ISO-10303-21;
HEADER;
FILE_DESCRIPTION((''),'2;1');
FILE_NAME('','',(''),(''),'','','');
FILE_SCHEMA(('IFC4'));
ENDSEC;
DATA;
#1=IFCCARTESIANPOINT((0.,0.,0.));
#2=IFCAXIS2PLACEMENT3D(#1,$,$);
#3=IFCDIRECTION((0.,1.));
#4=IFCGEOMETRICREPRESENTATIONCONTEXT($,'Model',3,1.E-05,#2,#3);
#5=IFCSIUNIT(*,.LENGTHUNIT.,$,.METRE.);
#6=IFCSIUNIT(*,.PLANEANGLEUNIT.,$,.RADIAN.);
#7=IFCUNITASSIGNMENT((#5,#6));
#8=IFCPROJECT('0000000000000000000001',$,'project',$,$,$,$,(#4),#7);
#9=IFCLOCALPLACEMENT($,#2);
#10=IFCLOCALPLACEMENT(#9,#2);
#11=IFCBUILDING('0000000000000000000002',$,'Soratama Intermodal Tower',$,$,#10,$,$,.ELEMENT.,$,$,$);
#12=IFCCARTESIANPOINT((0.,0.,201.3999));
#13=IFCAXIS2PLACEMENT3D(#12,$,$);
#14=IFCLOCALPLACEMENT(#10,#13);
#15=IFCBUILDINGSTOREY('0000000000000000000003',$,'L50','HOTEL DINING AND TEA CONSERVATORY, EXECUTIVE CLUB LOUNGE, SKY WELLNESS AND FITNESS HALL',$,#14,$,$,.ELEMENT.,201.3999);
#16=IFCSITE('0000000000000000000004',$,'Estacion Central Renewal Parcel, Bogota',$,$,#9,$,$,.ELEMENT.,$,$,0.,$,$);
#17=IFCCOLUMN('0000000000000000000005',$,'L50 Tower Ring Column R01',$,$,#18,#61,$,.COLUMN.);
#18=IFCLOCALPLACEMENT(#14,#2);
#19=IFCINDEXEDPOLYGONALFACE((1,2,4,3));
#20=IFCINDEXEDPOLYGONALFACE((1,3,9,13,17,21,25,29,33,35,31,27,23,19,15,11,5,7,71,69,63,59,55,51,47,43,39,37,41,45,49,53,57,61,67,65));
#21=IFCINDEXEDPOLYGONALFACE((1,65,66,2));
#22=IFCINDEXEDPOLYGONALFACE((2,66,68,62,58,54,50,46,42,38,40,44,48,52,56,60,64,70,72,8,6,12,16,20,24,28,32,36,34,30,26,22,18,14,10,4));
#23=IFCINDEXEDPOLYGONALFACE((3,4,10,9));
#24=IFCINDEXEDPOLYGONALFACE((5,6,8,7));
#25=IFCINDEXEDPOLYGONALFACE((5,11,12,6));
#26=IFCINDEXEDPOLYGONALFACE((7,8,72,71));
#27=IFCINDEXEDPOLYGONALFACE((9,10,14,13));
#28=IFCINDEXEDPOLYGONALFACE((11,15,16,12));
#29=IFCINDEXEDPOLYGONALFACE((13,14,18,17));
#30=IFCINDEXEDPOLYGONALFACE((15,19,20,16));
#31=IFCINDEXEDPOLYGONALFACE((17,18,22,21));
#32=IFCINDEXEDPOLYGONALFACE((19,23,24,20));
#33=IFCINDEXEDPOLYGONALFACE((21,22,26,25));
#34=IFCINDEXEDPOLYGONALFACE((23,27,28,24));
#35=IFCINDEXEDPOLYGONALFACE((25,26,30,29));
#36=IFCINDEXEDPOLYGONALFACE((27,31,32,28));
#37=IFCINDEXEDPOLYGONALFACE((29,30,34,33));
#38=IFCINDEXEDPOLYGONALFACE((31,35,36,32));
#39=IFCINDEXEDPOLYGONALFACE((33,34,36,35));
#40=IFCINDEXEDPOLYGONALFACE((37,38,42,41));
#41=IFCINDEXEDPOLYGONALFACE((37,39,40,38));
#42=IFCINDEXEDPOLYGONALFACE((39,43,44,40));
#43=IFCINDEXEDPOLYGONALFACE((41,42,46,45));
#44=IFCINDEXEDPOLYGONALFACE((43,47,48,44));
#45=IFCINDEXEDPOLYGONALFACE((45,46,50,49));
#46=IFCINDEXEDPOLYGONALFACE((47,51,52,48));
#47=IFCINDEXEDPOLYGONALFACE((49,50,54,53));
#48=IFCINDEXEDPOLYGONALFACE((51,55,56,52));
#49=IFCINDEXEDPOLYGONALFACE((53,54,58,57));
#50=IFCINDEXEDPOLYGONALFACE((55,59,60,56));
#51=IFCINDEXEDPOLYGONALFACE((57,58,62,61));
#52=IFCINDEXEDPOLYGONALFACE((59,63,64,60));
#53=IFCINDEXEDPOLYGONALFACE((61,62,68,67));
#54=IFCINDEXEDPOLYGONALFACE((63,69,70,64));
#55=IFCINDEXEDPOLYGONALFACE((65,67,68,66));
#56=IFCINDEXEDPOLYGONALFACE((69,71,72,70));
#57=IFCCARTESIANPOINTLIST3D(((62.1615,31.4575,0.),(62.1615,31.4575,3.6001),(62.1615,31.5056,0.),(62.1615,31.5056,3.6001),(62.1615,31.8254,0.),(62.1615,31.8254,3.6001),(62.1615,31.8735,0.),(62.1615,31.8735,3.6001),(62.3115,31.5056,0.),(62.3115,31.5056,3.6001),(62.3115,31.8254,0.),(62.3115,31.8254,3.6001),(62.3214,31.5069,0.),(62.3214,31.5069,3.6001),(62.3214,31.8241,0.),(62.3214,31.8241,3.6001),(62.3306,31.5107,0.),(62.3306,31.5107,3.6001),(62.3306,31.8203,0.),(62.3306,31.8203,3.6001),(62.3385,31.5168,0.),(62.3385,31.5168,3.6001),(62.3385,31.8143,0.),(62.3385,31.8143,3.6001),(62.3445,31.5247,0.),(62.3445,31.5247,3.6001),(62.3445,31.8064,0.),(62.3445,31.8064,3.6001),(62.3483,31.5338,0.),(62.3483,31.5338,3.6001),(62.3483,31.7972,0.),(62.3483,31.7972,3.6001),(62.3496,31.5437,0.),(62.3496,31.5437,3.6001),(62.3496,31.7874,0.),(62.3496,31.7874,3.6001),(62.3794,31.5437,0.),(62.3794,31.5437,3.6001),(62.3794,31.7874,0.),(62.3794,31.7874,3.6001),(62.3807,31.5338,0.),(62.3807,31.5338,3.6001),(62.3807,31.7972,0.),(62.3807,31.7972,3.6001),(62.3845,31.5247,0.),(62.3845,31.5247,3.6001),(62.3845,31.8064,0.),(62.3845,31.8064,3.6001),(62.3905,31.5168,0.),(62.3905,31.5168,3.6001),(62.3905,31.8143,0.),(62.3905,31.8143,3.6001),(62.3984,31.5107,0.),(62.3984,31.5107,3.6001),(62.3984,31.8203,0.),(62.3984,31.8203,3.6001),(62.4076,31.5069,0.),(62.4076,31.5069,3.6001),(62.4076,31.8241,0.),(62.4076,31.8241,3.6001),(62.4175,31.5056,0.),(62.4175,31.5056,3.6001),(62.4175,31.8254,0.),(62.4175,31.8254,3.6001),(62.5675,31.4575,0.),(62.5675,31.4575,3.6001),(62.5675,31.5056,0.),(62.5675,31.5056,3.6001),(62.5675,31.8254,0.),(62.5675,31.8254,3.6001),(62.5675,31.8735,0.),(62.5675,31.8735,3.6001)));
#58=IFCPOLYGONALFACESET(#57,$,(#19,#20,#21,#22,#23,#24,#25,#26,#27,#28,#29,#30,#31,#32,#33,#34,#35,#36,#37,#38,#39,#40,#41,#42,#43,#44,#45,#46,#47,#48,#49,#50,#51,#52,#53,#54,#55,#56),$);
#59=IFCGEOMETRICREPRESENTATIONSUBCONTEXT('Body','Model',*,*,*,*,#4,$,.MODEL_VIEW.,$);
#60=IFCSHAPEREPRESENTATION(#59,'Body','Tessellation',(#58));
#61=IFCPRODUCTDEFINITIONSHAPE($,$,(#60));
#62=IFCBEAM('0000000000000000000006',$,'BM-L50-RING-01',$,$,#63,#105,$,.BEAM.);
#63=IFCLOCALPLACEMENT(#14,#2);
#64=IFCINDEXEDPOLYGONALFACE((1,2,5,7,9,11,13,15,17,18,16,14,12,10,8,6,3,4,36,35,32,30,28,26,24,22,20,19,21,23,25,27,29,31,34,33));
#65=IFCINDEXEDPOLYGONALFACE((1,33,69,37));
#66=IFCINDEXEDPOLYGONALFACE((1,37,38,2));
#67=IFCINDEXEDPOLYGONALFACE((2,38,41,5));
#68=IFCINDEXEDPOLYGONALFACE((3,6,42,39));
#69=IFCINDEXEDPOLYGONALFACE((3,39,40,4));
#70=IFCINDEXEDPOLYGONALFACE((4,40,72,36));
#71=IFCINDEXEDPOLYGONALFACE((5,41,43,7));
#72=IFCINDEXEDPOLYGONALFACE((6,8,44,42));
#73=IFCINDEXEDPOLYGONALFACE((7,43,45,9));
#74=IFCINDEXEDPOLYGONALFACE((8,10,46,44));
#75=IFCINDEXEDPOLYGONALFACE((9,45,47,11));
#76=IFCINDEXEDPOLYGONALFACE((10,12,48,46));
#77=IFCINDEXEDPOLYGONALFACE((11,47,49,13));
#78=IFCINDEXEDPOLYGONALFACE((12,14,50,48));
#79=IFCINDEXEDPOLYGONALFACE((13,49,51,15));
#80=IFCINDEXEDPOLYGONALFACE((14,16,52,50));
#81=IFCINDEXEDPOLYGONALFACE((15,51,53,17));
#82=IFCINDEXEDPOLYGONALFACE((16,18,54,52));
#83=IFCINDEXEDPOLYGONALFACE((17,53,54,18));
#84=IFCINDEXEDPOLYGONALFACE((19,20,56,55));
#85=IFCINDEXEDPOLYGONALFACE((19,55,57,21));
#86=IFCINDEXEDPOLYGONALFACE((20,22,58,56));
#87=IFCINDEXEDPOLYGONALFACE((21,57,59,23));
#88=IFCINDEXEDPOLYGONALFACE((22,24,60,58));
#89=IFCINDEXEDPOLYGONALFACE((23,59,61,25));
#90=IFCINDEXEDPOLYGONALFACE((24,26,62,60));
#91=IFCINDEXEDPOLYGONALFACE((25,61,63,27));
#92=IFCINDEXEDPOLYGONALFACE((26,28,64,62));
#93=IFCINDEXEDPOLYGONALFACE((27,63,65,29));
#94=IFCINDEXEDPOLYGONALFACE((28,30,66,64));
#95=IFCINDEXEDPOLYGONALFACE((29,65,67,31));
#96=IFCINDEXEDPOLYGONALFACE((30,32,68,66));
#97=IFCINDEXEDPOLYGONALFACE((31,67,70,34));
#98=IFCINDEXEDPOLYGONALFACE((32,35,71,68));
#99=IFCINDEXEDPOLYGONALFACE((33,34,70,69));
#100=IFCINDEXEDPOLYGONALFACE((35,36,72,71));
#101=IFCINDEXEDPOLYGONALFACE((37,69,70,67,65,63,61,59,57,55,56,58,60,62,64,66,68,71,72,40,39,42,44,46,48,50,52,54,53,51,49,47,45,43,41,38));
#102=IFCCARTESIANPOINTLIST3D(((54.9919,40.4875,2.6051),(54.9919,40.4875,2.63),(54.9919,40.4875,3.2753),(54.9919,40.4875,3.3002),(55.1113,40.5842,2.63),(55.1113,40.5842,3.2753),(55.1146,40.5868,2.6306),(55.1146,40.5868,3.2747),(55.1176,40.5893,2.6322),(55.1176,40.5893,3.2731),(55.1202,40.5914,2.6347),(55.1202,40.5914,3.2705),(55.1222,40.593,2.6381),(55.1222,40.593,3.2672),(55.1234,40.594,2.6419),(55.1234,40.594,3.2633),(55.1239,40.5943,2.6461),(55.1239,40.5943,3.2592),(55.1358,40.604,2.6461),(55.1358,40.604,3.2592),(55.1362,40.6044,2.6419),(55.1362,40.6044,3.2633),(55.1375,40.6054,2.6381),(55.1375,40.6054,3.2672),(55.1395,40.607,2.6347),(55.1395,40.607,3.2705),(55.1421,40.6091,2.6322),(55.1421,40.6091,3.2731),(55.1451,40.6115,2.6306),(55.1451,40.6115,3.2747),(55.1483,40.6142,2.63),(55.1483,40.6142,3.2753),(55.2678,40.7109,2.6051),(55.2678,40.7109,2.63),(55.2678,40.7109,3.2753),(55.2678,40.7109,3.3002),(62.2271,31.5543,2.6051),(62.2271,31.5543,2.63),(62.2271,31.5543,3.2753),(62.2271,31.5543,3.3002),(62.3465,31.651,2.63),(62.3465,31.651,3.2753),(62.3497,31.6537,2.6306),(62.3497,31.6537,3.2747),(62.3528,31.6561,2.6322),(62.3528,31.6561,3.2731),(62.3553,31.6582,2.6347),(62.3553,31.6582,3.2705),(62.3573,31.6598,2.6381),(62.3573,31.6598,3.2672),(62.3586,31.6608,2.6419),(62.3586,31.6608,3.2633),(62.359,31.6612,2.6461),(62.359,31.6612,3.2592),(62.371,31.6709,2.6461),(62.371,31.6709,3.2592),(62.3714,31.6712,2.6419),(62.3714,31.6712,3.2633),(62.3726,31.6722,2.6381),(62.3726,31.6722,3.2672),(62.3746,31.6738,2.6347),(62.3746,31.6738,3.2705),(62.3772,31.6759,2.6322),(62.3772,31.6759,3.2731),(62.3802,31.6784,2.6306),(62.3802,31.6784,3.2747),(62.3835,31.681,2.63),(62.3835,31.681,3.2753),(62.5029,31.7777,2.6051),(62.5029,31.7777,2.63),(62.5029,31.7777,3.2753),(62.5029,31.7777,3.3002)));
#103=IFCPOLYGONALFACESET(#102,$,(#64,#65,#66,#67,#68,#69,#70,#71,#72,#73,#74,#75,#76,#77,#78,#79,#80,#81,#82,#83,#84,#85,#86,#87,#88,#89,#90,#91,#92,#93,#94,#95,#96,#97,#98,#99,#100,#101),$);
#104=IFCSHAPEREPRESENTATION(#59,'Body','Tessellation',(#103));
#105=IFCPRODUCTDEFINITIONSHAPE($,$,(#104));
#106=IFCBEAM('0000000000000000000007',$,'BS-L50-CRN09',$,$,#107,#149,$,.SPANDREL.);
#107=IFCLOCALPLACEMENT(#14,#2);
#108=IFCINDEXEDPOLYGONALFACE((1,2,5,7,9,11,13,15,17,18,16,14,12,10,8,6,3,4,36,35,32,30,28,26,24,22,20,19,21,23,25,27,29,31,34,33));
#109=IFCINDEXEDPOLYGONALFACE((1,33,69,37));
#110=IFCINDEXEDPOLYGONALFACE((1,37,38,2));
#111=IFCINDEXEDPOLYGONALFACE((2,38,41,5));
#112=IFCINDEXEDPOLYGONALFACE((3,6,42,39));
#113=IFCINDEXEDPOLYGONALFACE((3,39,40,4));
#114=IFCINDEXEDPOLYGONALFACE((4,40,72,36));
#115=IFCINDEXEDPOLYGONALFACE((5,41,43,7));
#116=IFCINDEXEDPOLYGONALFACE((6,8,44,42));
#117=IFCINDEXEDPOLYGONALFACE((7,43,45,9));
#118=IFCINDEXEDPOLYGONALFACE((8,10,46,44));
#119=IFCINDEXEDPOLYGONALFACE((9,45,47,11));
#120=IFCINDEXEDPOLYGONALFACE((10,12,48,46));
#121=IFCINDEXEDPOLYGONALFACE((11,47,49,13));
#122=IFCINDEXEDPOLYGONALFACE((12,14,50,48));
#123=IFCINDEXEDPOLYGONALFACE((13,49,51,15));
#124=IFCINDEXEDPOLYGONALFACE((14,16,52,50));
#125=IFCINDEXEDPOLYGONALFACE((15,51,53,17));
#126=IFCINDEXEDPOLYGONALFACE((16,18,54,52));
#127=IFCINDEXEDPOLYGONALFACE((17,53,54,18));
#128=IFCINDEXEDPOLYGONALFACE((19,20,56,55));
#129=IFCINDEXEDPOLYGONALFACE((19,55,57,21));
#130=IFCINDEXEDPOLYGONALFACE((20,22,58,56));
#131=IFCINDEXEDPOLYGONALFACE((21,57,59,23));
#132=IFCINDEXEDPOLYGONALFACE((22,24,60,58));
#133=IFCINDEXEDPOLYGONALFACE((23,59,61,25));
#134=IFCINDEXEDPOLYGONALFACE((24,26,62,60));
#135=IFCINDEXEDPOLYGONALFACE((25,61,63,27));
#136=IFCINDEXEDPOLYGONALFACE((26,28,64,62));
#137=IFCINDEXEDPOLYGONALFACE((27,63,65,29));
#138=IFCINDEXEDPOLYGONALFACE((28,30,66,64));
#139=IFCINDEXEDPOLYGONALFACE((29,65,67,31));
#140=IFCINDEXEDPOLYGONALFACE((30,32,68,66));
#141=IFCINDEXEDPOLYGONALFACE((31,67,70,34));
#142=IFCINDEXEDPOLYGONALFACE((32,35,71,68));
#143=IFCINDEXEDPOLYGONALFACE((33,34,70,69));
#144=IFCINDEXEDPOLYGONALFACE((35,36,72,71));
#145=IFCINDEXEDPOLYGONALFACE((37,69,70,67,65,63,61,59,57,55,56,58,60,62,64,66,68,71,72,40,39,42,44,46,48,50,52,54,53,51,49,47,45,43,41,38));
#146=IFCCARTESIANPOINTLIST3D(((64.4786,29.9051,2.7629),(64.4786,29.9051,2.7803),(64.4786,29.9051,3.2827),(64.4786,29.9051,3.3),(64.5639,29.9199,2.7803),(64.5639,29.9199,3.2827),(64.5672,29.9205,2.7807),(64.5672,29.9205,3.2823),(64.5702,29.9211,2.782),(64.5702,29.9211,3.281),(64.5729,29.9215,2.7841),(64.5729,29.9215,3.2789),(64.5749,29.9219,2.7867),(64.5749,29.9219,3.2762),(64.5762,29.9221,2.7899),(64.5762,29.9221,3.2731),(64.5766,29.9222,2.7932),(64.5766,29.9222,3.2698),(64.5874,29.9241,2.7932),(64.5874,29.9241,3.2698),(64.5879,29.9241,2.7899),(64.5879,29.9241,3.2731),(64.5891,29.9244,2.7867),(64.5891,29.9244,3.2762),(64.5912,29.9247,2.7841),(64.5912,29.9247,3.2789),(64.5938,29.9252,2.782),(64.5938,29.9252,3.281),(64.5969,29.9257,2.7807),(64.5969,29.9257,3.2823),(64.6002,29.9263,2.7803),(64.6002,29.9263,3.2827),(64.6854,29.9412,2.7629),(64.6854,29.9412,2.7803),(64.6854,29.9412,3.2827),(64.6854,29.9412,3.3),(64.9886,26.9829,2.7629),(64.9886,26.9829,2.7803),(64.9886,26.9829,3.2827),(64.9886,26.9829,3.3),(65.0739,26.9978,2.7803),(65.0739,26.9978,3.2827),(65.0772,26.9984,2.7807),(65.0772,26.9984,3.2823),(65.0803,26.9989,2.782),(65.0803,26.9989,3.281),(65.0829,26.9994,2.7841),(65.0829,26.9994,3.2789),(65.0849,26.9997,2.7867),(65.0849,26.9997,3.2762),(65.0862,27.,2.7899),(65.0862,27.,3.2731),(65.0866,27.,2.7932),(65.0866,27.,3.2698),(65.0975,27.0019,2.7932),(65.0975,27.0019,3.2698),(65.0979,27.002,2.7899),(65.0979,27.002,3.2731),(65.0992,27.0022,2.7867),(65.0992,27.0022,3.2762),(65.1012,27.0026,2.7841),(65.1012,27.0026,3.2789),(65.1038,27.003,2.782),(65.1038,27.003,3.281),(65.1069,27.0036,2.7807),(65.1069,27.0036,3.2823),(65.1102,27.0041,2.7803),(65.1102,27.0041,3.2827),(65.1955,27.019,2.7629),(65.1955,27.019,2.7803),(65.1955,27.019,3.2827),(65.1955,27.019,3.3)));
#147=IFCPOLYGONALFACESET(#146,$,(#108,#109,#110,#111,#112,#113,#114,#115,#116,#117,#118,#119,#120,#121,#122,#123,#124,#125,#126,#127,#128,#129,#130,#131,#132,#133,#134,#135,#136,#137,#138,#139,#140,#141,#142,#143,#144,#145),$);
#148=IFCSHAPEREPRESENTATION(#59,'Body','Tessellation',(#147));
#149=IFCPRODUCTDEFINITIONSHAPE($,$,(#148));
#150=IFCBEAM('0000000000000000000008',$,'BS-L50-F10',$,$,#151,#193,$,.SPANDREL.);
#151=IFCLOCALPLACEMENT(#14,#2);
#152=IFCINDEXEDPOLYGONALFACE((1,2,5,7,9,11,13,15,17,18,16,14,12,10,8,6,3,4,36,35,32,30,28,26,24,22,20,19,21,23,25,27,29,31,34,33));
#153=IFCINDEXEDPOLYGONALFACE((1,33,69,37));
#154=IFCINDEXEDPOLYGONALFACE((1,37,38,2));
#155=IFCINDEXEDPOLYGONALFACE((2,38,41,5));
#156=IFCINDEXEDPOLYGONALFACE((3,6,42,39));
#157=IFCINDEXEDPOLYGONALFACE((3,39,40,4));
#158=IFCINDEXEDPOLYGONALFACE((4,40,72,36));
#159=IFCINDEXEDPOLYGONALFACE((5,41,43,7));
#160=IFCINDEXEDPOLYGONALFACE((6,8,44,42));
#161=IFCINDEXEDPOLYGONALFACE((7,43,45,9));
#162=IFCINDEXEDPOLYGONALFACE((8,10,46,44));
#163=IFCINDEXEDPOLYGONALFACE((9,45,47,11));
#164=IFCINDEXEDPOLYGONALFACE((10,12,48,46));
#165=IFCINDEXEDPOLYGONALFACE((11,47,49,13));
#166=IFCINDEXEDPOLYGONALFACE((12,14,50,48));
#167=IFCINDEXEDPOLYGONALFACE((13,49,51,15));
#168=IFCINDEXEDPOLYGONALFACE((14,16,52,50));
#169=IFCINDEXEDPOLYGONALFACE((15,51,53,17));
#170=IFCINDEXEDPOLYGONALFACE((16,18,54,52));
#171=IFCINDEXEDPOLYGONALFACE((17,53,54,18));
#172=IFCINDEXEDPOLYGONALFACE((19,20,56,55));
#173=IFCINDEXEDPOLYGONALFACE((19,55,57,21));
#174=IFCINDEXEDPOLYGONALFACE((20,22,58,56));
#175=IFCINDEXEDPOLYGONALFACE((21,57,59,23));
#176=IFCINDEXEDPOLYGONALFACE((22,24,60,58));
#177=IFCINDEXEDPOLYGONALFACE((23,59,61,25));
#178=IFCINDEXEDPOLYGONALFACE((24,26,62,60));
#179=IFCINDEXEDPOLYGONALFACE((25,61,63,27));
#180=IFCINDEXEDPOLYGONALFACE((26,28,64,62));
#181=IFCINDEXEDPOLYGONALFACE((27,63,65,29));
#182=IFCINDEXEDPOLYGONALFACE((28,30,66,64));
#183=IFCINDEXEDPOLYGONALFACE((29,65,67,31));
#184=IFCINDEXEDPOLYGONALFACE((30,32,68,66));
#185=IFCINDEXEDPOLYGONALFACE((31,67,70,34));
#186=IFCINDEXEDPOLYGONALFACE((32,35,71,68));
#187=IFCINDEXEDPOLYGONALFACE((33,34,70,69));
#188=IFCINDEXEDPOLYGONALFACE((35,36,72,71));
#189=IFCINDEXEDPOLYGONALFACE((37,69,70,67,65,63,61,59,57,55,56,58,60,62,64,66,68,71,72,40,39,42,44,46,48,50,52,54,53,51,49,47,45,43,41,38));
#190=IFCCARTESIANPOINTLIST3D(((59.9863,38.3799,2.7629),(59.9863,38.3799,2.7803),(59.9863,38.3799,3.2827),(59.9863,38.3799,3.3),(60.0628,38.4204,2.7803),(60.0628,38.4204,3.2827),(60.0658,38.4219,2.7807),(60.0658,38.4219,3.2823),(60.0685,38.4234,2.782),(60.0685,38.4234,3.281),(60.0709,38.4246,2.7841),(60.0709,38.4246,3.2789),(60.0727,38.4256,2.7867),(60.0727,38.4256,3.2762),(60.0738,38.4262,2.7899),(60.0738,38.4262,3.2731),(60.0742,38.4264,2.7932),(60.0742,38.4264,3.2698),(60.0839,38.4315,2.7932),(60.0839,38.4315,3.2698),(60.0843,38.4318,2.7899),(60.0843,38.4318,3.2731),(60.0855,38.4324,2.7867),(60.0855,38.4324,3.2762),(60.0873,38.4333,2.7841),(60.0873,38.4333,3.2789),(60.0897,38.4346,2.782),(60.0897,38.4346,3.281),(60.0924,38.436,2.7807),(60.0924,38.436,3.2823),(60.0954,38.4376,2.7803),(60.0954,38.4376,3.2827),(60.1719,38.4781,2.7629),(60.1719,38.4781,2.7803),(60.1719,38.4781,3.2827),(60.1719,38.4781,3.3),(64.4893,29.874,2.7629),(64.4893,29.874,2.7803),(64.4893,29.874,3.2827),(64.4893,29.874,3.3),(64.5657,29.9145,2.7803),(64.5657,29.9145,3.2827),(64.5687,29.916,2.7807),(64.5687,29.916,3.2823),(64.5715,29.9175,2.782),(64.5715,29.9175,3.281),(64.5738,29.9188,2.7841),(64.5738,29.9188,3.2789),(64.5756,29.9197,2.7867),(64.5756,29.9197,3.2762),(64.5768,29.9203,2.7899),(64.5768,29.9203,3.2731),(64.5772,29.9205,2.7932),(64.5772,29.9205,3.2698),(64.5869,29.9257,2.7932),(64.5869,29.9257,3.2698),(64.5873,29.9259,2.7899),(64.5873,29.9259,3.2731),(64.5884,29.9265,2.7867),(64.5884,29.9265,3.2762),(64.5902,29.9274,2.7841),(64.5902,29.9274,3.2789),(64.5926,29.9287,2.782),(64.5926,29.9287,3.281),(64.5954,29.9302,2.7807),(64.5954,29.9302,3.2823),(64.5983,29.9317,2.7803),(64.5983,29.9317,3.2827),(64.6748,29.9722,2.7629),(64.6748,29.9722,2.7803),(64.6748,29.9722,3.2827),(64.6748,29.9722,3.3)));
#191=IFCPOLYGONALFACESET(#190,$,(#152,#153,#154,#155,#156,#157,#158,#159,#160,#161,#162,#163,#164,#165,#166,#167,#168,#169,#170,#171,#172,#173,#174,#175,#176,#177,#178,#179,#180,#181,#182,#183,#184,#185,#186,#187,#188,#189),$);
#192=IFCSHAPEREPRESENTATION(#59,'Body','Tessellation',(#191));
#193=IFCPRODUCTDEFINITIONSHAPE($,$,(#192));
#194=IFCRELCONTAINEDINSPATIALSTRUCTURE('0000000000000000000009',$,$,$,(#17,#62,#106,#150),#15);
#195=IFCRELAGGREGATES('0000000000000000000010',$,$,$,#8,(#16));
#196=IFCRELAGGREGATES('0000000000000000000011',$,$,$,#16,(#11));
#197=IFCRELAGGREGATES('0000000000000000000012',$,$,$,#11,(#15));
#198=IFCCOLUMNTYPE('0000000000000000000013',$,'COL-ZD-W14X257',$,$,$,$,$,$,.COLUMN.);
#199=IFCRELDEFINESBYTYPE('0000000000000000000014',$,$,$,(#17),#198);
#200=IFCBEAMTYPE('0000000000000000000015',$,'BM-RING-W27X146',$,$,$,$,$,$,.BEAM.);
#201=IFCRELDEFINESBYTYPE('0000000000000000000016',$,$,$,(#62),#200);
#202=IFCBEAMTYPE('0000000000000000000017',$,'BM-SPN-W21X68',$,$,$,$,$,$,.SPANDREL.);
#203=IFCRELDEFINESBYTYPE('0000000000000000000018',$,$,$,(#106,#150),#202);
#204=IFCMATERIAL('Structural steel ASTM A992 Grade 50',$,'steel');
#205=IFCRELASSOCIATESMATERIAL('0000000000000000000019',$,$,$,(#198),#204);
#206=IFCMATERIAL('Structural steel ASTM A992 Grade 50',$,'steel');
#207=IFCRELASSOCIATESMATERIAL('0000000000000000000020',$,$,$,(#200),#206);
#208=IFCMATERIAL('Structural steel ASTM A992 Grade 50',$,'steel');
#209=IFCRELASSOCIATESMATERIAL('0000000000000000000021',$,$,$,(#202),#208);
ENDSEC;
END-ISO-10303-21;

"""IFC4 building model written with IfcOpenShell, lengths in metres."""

from ifc_helpers import new_model, si_unit, direction, frame, origin, origin_2d, place, context, subcontext, project, spatial, i_section, extrude, material, material_profile, profile_set, type_object, element, save


model = new_model("IFC4")

# Units and contexts
model_context = context("Model", 3, precision=1e-05, world=origin(), true_north=direction((0.0, 1.0)))
body_context = subcontext(model_context, "Body", "Model", "MODEL_VIEW")
ifc_project = project(units=[si_unit("LENGTHUNIT", "METRE"), si_unit("PLANEANGLEUNIT", "RADIAN")], contexts=[model_context])

# Site, building, storey
site_placement = place(None, origin())
site = spatial("IfcSite", under=ifc_project, at=site_placement, Name="Estacion Central Renewal Parcel, Bogota", CompositionType="ELEMENT", RefElevation=0.0)
building_placement = place(site_placement, origin())
building = spatial("IfcBuilding", under=site, at=building_placement, Name="Soratama Intermodal Tower", CompositionType="ELEMENT")
storey_placement = place(building_placement, frame((0.0, 0.0, 201.3999)))
storey = spatial("IfcBuildingStorey", under=building, at=storey_placement, Name="L50", Description="HOTEL DINING AND TEA CONSERVATORY, EXECUTIVE CLUB LOUNGE, SKY WELLNESS AND FITNESS HALL", CompositionType="ELEMENT", Elevation=201.3999)

# Column
ifc_material_1 = material(Name="Structural steel ASTM A992 Grade 50", Category="steel")
ifc_material_profile_1 = material_profile(ifc_material_1, i_section(OverallWidth=0.406, OverallDepth=0.416, WebThickness=0.0298, FlangeThickness=0.0481, FilletRadius=0.0381, at=origin_2d()), Name="W14X257")
ifc_profile_set_1 = profile_set([ifc_material_profile_1], Name="Structural steel ASTM A992 Grade 50")
column_type = type_object("IfcColumnType", Name="COL-ZD-W14X257", PredefinedType="COLUMN", material=ifc_profile_set_1)
column_placement = place(storey_placement, frame((62.3645, 31.6655, 0.0), z_axis=(0.0, 0.0, 1.0), x_axis=(1.0, 0.0, 0.0)))
element("IfcColumn", 1, at=column_placement, inside=storey, type_object=column_type, Name="L50 Tower Ring Column R01", PredefinedType="COLUMN", context=body_context, shape_type="SweptSolid", body=[
    extrude(i_section(OverallWidth=0.406, OverallDepth=0.416, WebThickness=0.0298, FlangeThickness=0.0481, FilletRadius=0.0381, at=origin_2d()), origin(), (0.0, 0.0, 1.0), 3.6001),
])

# Beams
ifc_material_2 = material(Name="Structural steel ASTM A992 Grade 50", Category="steel")
ifc_material_profile_2 = material_profile(ifc_material_2, i_section(OverallWidth=0.355, OverallDepth=0.6951, WebThickness=0.0154, FlangeThickness=0.0249, FilletRadius=0.0161, at=origin_2d()), Name="W27X146")
ifc_profile_set_2 = profile_set([ifc_material_profile_2], Name="Structural steel ASTM A992 Grade 50")
beam_type_1 = type_object("IfcBeamType", Name="BM-RING-W27X146", PredefinedType="BEAM", material=ifc_profile_set_2)
beam_1_placement = place(storey_placement, frame((62.365, 31.666, 2.9526), z_axis=(-0.629385, 0.777094, 0.0), x_axis=(-0.777094, -0.629385, 0.0)))
element("IfcBeam", 2, at=beam_1_placement, inside=storey, type_object=beam_type_1, Name="BM-L50-RING-01", PredefinedType="BEAM", context=body_context, shape_type="SweptSolid", body=[
    extrude(i_section(OverallWidth=0.355, OverallDepth=0.6951, WebThickness=0.0154, FlangeThickness=0.0249, FilletRadius=0.0161, at=origin_2d()), origin(), (0.0, 0.0, 1.0), 11.4956),
])
ifc_material_3 = material(Name="Structural steel ASTM A992 Grade 50", Category="steel")
ifc_material_profile_3 = material_profile(ifc_material_3, i_section(OverallWidth=0.21, OverallDepth=0.5371, WebThickness=0.011, FlangeThickness=0.0173, FilletRadius=0.0129, at=origin_2d()), Name="W21X68")
ifc_profile_set_3 = profile_set([ifc_material_profile_3], Name="Structural steel ASTM A992 Grade 50")
beam_type_2 = type_object("IfcBeamType", Name="BM-SPN-W21X68", PredefinedType="SPANDREL", material=ifc_profile_set_3)
beam_2_placement = place(storey_placement, frame((65.092, 27.001, 3.0315), z_axis=(-0.171935, 0.985108, 0.0), x_axis=(-0.985108, -0.171935, 0.0)))
element("IfcBeam", 3, at=beam_2_placement, inside=storey, type_object=beam_type_2, Name="BS-L50-CRN09", PredefinedType="SPANDREL", context=body_context, shape_type="SweptSolid", body=[
    extrude(i_section(OverallWidth=0.21, OverallDepth=0.5371, WebThickness=0.011, FlangeThickness=0.0173, FilletRadius=0.0129, at=origin_2d()), origin(), (0.0, 0.0, 1.0), 2.9663),
])
beam_3_placement = place(storey_placement, frame((64.582, 29.9231, 3.0315), z_axis=(-0.467874, 0.883795, 0.0), x_axis=(-0.883795, -0.467874, 0.0)))
element("IfcBeam", 4, at=beam_3_placement, inside=storey, type_object=beam_type_2, Name="BS-L50-F10", PredefinedType="SPANDREL", context=body_context, shape_type="SweptSolid", body=[
    extrude(i_section(OverallWidth=0.21, OverallDepth=0.5371, WebThickness=0.011, FlangeThickness=0.0173, FilletRadius=0.0129, at=origin_2d()), origin(), (0.0, 0.0, 1.0), 9.6243),
])

save(model, "model.ifc")
